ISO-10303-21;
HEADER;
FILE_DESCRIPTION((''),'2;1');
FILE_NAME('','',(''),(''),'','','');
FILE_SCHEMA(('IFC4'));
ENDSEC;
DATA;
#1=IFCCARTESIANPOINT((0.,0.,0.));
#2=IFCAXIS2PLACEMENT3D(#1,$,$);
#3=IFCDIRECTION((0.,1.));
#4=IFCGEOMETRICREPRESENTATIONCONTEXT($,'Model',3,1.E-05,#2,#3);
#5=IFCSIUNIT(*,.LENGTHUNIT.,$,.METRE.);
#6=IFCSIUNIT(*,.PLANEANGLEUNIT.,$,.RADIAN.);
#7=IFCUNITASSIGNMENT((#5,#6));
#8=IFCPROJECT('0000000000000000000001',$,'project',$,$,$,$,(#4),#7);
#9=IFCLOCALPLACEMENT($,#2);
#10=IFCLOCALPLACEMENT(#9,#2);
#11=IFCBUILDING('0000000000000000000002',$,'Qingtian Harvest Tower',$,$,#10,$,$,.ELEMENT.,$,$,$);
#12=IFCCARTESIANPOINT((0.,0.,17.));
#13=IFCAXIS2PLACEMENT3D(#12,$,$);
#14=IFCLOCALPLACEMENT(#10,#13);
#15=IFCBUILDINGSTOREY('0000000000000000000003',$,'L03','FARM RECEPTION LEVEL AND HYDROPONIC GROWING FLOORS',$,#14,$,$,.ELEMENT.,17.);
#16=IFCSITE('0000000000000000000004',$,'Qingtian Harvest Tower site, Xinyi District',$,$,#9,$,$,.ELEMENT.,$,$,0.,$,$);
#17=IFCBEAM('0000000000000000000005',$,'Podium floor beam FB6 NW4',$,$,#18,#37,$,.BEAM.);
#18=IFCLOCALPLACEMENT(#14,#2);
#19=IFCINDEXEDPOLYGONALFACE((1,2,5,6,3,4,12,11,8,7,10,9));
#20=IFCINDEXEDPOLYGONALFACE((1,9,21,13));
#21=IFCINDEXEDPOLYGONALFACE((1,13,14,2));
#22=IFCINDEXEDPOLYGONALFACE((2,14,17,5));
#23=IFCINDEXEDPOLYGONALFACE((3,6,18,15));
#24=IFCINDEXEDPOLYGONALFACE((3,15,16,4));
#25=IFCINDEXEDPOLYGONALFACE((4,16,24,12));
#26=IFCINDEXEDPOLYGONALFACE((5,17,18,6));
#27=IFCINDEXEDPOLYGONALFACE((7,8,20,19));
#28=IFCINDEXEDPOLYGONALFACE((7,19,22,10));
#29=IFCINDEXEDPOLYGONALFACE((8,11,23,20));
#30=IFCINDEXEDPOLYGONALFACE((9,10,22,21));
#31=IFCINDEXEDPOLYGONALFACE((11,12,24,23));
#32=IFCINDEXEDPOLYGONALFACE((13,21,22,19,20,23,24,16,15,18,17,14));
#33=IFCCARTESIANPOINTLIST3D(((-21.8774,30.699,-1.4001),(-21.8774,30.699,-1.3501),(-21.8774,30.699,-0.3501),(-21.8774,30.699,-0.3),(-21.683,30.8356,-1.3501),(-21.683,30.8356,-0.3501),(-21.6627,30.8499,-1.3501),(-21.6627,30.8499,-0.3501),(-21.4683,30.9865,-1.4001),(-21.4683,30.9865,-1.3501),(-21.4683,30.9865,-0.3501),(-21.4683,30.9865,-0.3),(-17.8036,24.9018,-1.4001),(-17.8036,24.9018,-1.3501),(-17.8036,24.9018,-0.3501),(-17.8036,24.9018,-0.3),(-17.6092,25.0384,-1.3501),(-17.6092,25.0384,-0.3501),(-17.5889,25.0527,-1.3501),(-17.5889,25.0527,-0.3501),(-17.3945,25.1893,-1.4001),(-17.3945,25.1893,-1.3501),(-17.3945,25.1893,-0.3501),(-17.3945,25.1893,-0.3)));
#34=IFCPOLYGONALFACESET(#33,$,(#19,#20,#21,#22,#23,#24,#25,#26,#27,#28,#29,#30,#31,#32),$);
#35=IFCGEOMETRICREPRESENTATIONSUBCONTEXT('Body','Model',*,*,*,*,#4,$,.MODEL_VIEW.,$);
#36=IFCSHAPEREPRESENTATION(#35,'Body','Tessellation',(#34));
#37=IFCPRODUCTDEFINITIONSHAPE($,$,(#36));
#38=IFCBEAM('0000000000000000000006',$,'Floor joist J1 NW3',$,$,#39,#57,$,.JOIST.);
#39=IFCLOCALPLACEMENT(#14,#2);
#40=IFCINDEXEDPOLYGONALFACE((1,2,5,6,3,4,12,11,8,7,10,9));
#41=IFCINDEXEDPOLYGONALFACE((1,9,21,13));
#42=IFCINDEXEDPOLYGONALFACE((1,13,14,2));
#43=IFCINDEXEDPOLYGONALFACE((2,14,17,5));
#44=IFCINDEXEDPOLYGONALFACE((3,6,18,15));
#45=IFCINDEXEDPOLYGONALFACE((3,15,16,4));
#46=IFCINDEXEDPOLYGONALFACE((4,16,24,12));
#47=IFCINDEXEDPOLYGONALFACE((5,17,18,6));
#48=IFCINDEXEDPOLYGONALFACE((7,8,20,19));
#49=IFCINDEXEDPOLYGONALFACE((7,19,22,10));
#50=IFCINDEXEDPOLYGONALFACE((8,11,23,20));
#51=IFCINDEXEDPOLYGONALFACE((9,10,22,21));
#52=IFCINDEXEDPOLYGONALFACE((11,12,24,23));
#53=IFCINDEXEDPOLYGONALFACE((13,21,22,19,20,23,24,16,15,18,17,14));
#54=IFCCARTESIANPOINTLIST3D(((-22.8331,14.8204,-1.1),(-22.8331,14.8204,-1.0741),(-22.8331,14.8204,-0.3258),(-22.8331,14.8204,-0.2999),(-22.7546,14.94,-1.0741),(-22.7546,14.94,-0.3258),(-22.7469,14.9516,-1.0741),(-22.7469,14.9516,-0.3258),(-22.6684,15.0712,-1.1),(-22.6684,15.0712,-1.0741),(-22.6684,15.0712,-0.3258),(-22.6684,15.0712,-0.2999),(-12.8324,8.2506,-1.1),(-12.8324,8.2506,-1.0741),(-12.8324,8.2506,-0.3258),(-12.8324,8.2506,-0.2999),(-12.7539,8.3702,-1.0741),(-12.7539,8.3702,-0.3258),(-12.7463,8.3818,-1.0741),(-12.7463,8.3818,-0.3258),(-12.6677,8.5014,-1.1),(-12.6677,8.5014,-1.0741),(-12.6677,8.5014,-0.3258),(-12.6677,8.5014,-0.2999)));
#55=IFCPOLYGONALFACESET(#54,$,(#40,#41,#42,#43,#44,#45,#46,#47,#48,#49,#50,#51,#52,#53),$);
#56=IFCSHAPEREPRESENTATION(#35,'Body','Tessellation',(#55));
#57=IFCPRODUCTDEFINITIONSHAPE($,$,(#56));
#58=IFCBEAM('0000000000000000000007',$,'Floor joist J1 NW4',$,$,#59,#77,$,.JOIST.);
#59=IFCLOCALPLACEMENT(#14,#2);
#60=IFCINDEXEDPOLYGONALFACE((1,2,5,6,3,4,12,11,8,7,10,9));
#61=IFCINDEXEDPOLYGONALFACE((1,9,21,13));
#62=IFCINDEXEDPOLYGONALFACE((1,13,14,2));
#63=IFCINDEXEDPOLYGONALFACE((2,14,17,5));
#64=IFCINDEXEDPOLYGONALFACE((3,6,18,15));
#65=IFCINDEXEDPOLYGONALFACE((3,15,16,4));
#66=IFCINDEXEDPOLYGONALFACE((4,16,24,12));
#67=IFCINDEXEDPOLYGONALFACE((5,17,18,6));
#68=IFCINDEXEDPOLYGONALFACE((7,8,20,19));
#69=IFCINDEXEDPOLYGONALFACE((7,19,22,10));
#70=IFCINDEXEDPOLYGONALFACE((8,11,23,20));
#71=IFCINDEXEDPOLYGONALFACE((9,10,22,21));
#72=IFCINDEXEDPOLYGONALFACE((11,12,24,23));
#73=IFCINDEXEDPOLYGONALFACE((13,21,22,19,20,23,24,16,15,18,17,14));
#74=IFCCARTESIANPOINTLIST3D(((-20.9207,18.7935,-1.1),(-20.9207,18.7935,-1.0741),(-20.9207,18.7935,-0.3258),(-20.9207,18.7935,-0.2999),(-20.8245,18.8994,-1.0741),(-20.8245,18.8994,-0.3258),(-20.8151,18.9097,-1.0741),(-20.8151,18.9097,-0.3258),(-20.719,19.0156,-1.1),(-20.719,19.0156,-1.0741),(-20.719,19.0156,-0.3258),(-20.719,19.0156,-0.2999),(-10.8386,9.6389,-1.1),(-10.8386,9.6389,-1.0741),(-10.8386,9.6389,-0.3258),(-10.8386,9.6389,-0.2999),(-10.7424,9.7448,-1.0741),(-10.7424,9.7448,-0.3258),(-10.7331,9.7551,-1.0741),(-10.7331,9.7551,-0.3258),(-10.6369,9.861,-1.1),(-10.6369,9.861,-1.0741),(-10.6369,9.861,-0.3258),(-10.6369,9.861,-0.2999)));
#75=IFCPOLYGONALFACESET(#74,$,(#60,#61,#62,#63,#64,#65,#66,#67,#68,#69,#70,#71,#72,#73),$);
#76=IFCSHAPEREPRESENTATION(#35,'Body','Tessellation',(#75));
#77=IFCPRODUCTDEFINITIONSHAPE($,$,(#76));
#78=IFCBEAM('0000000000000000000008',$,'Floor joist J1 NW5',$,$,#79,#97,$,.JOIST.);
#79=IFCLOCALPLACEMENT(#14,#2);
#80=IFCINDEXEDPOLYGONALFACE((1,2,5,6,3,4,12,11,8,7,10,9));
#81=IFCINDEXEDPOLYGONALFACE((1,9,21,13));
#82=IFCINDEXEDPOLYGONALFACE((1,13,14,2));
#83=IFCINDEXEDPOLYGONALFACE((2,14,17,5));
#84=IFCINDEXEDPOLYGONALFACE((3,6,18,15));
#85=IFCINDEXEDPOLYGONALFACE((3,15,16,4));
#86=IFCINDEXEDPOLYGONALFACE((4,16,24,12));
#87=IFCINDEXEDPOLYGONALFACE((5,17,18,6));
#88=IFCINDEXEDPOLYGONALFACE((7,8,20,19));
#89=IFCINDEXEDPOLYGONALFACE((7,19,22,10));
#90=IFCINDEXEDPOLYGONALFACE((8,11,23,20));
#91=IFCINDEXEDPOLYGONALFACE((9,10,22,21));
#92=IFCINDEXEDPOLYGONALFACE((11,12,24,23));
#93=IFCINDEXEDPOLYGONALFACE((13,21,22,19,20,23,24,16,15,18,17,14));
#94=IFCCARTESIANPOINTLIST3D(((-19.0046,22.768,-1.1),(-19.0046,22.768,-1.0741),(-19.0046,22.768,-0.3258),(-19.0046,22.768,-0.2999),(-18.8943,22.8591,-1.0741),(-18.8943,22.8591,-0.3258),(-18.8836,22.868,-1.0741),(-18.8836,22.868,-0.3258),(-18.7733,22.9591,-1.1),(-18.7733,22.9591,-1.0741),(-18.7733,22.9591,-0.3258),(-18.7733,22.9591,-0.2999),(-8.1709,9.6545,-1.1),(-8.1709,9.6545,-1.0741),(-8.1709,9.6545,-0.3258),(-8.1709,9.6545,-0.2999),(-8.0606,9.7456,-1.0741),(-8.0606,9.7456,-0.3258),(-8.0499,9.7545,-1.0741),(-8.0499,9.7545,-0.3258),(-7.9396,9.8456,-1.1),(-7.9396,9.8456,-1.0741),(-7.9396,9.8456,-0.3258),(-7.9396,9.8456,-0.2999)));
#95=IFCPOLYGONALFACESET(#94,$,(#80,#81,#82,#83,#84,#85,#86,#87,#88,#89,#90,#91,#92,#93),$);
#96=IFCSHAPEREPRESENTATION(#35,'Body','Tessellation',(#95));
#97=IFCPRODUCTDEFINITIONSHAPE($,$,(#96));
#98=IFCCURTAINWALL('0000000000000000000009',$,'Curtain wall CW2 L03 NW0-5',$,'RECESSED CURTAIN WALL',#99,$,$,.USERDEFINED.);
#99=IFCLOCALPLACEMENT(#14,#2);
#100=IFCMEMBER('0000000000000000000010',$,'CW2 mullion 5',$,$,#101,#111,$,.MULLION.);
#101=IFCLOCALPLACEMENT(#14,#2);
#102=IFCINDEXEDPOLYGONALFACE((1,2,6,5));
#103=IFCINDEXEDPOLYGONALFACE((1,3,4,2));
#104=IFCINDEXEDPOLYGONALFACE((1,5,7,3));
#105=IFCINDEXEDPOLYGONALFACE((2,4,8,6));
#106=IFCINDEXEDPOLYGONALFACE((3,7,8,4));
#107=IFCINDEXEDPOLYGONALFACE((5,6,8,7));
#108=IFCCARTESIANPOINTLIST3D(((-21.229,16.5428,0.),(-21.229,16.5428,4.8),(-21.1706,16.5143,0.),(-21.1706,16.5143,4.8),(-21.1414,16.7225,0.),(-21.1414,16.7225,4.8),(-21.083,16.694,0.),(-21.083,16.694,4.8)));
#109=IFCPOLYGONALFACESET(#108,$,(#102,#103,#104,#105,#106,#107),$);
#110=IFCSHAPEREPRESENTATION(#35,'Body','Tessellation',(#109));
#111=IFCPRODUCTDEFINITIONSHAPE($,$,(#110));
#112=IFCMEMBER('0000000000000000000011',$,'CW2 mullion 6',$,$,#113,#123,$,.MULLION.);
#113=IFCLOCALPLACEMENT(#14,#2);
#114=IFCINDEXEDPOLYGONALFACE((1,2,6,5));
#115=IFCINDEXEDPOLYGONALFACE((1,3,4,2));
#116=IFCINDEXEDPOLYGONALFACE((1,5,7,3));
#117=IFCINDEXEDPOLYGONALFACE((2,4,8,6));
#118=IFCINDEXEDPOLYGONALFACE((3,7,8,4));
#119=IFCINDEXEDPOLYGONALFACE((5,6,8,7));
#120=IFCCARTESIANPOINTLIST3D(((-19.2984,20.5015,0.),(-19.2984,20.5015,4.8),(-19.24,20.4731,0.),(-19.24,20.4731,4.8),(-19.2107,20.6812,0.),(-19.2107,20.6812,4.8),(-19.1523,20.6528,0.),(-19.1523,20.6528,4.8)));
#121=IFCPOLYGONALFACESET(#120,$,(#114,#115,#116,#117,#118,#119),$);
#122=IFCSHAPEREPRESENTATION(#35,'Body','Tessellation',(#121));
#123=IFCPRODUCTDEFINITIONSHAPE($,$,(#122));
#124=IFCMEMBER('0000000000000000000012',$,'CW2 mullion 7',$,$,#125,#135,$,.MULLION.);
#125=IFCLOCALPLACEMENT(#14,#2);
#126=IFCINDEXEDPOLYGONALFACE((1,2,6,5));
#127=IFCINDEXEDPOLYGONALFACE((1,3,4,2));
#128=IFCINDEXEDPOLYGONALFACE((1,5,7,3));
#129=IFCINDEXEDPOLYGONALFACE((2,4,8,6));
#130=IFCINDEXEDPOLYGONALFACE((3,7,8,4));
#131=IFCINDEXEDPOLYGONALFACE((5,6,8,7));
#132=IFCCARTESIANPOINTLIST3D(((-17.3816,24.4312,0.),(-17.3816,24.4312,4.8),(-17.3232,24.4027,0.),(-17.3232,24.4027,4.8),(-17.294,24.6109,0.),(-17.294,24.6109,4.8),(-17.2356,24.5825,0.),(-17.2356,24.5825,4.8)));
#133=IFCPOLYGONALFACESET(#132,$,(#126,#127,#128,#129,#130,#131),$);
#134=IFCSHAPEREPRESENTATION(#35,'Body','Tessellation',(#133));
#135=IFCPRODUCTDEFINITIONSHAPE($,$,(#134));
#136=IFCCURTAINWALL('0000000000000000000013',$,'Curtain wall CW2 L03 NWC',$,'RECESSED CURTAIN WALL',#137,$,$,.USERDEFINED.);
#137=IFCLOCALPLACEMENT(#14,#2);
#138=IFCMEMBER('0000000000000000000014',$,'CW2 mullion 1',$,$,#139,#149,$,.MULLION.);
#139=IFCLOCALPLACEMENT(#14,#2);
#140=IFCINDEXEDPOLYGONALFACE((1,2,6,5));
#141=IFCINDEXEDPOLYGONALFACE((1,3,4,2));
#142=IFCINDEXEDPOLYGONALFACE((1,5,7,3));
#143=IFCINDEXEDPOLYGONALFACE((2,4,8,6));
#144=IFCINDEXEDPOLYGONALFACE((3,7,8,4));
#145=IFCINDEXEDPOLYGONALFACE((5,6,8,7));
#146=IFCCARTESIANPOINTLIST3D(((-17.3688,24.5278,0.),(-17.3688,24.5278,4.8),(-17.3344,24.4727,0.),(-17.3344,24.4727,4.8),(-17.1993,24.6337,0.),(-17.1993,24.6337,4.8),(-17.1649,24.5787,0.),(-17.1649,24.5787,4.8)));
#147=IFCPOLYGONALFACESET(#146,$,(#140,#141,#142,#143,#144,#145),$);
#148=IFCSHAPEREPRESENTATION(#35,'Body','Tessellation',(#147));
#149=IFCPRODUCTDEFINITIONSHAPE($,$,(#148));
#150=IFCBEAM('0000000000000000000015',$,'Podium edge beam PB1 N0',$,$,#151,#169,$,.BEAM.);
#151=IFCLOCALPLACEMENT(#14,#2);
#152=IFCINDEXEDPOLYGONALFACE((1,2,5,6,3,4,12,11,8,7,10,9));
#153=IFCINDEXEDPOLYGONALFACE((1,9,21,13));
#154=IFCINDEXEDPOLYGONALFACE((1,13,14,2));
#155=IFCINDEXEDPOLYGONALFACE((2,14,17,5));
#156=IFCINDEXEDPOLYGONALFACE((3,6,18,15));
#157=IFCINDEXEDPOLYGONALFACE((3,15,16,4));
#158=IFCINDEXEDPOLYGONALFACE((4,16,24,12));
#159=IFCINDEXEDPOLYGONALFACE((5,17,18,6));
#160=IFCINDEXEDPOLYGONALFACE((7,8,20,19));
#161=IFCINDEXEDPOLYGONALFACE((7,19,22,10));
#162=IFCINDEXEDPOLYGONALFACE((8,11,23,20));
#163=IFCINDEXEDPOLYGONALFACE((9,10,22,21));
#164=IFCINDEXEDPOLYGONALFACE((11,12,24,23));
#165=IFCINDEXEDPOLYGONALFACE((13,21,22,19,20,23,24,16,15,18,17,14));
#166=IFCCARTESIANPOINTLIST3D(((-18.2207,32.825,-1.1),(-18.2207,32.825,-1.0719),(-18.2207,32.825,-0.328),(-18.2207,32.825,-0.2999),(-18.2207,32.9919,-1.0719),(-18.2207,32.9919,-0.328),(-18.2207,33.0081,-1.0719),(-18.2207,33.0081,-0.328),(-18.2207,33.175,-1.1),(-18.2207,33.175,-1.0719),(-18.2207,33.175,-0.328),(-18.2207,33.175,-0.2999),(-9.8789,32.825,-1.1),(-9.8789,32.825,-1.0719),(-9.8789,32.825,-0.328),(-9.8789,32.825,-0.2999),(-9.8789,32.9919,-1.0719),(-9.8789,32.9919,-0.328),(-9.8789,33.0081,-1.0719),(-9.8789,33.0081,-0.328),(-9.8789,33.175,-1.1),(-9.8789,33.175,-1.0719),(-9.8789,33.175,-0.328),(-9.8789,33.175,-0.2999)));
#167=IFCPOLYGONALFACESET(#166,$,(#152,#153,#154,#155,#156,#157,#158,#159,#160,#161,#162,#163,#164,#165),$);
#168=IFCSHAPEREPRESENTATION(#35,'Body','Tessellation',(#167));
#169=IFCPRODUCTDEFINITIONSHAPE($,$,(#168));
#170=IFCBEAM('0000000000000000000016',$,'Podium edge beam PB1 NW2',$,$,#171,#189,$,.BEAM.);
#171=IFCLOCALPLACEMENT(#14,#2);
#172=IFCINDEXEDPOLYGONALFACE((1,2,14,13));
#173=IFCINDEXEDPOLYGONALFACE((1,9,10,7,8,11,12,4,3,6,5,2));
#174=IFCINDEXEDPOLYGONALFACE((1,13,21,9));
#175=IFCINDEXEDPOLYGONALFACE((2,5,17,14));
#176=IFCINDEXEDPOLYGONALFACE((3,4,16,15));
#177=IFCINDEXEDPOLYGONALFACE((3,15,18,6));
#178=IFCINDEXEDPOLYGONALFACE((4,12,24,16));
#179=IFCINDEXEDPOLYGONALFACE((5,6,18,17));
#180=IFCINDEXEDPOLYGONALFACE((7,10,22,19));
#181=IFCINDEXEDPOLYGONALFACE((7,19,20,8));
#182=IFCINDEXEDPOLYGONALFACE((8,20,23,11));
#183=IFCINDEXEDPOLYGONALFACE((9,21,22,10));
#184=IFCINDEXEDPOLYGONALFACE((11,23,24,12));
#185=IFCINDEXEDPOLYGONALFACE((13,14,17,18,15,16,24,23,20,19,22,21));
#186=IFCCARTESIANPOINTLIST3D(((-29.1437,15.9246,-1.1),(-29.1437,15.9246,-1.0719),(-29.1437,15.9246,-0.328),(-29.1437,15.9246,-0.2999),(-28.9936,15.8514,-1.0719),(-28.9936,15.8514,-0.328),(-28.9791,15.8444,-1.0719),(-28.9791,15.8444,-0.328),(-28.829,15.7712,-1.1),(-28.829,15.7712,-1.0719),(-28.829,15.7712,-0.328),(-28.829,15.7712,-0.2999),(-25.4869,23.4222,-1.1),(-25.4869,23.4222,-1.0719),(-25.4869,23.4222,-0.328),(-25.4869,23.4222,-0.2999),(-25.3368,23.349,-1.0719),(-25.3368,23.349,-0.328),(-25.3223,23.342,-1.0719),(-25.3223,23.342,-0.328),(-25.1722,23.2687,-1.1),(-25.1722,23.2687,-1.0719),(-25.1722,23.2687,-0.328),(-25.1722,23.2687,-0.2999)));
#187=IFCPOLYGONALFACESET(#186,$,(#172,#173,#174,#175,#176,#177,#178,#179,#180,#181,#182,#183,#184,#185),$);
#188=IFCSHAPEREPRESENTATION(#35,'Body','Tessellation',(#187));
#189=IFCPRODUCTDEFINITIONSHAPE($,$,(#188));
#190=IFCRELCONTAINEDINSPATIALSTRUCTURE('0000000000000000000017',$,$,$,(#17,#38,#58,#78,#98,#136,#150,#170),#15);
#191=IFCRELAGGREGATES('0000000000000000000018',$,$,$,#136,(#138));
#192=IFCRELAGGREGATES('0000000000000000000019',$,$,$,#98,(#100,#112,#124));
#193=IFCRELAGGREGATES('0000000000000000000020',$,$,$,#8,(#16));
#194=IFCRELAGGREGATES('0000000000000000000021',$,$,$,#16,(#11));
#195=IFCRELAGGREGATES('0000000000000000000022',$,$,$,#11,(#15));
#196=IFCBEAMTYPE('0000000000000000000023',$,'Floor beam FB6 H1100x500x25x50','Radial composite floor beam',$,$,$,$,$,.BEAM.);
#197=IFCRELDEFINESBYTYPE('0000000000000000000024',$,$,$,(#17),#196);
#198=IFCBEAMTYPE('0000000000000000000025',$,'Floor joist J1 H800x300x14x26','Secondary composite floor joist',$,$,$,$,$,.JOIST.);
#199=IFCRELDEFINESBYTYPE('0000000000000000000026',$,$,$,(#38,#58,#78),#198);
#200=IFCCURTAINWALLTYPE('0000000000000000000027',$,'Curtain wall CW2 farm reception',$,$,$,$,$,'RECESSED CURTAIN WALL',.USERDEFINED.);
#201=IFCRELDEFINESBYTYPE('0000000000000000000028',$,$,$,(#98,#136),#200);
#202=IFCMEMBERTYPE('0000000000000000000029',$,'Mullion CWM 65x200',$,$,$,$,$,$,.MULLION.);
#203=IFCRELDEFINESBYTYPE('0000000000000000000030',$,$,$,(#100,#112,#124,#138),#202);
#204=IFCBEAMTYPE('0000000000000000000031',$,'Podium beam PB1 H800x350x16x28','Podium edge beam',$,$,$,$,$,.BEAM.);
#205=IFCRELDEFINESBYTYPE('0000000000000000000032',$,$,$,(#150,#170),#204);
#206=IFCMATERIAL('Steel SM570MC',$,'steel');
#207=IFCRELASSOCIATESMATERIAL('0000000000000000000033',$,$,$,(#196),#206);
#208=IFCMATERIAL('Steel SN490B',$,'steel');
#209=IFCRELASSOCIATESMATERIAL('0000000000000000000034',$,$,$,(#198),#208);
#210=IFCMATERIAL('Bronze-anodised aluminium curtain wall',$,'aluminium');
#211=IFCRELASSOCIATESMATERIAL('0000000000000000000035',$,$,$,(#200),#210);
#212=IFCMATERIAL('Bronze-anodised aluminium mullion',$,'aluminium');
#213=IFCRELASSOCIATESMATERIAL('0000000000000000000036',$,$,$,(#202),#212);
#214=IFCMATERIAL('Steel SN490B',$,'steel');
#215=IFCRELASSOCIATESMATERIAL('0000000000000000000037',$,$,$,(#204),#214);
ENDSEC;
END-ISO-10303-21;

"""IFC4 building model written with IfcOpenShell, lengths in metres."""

from ifc_helpers import new_model, si_unit, direction, frame, origin, origin_2d, place, context, subcontext, project, spatial, rectangle, i_section, extrude, material, material_profile, profile_set, type_object, element, aggregate, save


model = new_model("IFC4")

# Units and contexts
model_context = context("Model", 3, precision=1e-05, world=origin(), true_north=direction((0.0, 1.0)))
body_context = subcontext(model_context, "Body", "Model", "MODEL_VIEW")
ifc_project = project(units=[si_unit("LENGTHUNIT", "METRE"), si_unit("PLANEANGLEUNIT", "RADIAN")], contexts=[model_context])

# Site, building, storey
site_placement = place(None, origin())
site = spatial("IfcSite", under=ifc_project, at=site_placement, Name="Qingtian Harvest Tower site, Xinyi District", CompositionType="ELEMENT", RefElevation=0.0)
building_placement = place(site_placement, origin())
building = spatial("IfcBuilding", under=site, at=building_placement, Name="Qingtian Harvest Tower", CompositionType="ELEMENT")
storey_placement = place(building_placement, frame((0.0, 0.0, 17.0)))
storey = spatial("IfcBuildingStorey", under=building, at=storey_placement, Name="L03", Description="FARM RECEPTION LEVEL AND HYDROPONIC GROWING FLOORS", CompositionType="ELEMENT", Elevation=17.0)

# Beams
ifc_material_1 = material(Name="Steel SM570MC", Category="steel")
ifc_material_profile_1 = material_profile(ifc_material_1, i_section(OverallWidth=0.5, OverallDepth=1.1001, WebThickness=0.0249, FlangeThickness=0.05, at=origin_2d()), Name="H1100x500x25x50")
ifc_profile_set_1 = profile_set([ifc_material_profile_1], Name="Steel SM570MC")
beam_type_1 = type_object("IfcBeamType", Name="Floor beam FB6 H1100x500x25x50", Description="Radial composite floor beam", PredefinedType="BEAM", material=ifc_profile_set_1)
beam_1_placement = place(storey_placement, frame((-21.6729, 30.8428, -0.8501), z_axis=(0.574953, -0.818186, 0.0), x_axis=(0.818186, 0.574953, 0.0)))
element("IfcBeam", 1, at=beam_1_placement, inside=storey, type_object=beam_type_1, Name="Podium floor beam FB6 NW4", PredefinedType="BEAM", context=body_context, shape_type="SweptSolid", body=[
    extrude(i_section(OverallWidth=0.5, OverallDepth=1.1001, WebThickness=0.0249, FlangeThickness=0.05, at=origin_2d()), origin(), (0.0, 0.0, 1.0), 7.0854),
])
ifc_material_2 = material(Name="Steel SN490B", Category="steel")
ifc_material_profile_2 = material_profile(ifc_material_2, i_section(OverallWidth=0.3, OverallDepth=0.8, WebThickness=0.0139, FlangeThickness=0.0259, at=origin_2d()), Name="H800x300x14x26")
ifc_profile_set_2 = profile_set([ifc_material_profile_2], Name="Steel SN490B")
beam_type_2 = type_object("IfcBeamType", Name="Floor joist J1 H800x300x14x26", Description="Secondary composite floor joist", PredefinedType="JOIST", material=ifc_profile_set_2)
beam_2_placement = place(storey_placement, frame((-22.7507, 14.9458, -0.7), z_axis=(0.835785, -0.549056, 0.0), x_axis=(0.549056, 0.835785, 0.0)))
element("IfcBeam", 2, at=beam_2_placement, inside=storey, type_object=beam_type_2, Name="Floor joist J1 NW3", PredefinedType="JOIST", context=body_context, shape_type="SweptSolid", body=[
    extrude(i_section(OverallWidth=0.3, OverallDepth=0.8, WebThickness=0.0139, FlangeThickness=0.0259, at=origin_2d()), origin(), (0.0, 0.0, 1.0), 11.9656),
])
beam_3_placement = place(storey_placement, frame((-20.8198, 18.9045, -0.7), z_axis=(0.74034, -0.672233, 0.0), x_axis=(0.672233, 0.74034, 0.0)))
element("IfcBeam", 3, at=beam_3_placement, inside=storey, type_object=beam_type_2, Name="Floor joist J1 NW4", PredefinedType="JOIST", context=body_context, shape_type="SweptSolid", body=[
    extrude(i_section(OverallWidth=0.3, OverallDepth=0.8, WebThickness=0.0139, FlangeThickness=0.0259, at=origin_2d()), origin(), (0.0, 0.0, 1.0), 13.6182),
])
beam_4_placement = place(storey_placement, frame((-18.8889, 22.8635, -0.7), z_axis=(0.63691, -0.770938, 0.0), x_axis=(0.770938, 0.63691, 0.0)))
element("IfcBeam", 4, at=beam_4_placement, inside=storey, type_object=beam_type_2, Name="Floor joist J1 NW5", PredefinedType="JOIST", context=body_context, shape_type="SweptSolid", body=[
    extrude(i_section(OverallWidth=0.3, OverallDepth=0.8, WebThickness=0.0139, FlangeThickness=0.0259, at=origin_2d()), origin(), (0.0, 0.0, 1.0), 17.0098),
])

# Curtain wall, members
ifc_material_3 = material(Name="Bronze-anodised aluminium curtain wall", Category="aluminium")
curtain_wall_type = type_object("IfcCurtainWallType", Name="Curtain wall CW2 farm reception", ElementType="RECESSED CURTAIN WALL", PredefinedType="USERDEFINED", material=ifc_material_3)
curtain_wall_1_placement = place(storey_placement, origin())
curtain_wall_1 = element("IfcCurtainWall", 5, at=curtain_wall_1_placement, inside=storey, type_object=curtain_wall_type, Name="Curtain wall CW2 L03 NW0-5", ObjectType="RECESSED CURTAIN WALL", PredefinedType="USERDEFINED")
ifc_material_4 = material(Name="Bronze-anodised aluminium mullion", Category="aluminium")
ifc_material_profile_3 = material_profile(ifc_material_4, rectangle(XDim=0.0649, YDim=0.2, at=origin_2d()), Name="AL 65x200")
ifc_profile_set_3 = profile_set([ifc_material_profile_3], Name="Bronze-anodised aluminium mullion")
member_type_1 = type_object("IfcMemberType", Name="Mullion CWM 65x200", PredefinedType="MULLION", material=ifc_profile_set_3)
member_1_placement = place(storey_placement, frame((-21.156, 16.6184, 0.0), z_axis=(0.0, 0.0, 1.0), x_axis=(-0.898794, 0.438371, 0.0)))
member_1 = element("IfcMember", 6, at=member_1_placement, type_object=member_type_1, Name="CW2 mullion 5", PredefinedType="MULLION", context=body_context, shape_type="SweptSolid", body=[
    extrude(rectangle(XDim=0.0649, YDim=0.2, at=origin_2d()), origin(), (0.0, 0.0, 1.0), 4.8),
])
member_2_placement = place(storey_placement, frame((-19.2253, 20.5771, 0.0), z_axis=(0.0, 0.0, 1.0), x_axis=(-0.898794, 0.438371, 0.0)))
member_2 = element("IfcMember", 7, at=member_2_placement, type_object=member_type_1, Name="CW2 mullion 6", PredefinedType="MULLION", context=body_context, shape_type="SweptSolid", body=[
    extrude(rectangle(XDim=0.0649, YDim=0.2, at=origin_2d()), origin(), (0.0, 0.0, 1.0), 4.8),
])
member_3_placement = place(storey_placement, frame((-17.3086, 24.5068, 0.0), z_axis=(0.0, 0.0, 1.0), x_axis=(-0.898794, 0.438371, 0.0)))
member_3 = element("IfcMember", 8, at=member_3_placement, type_object=member_type_1, Name="CW2 mullion 7", PredefinedType="MULLION", context=body_context, shape_type="SweptSolid", body=[
    extrude(rectangle(XDim=0.0649, YDim=0.2, at=origin_2d()), origin(), (0.0, 0.0, 1.0), 4.8),
])

# Curtain wall, member
curtain_wall_2_placement = place(storey_placement, origin())
curtain_wall_2 = element("IfcCurtainWall", 9, at=curtain_wall_2_placement, inside=storey, type_object=curtain_wall_type, Name="Curtain wall CW2 L03 NWC", ObjectType="RECESSED CURTAIN WALL", PredefinedType="USERDEFINED")
member_4_placement = place(storey_placement, frame((-17.2668, 24.5532, 0.0), z_axis=(0.0, 0.0, 1.0), x_axis=(-0.529919, 0.848048, 0.0)))
member_4 = element("IfcMember", 10, at=member_4_placement, type_object=member_type_1, Name="CW2 mullion 1", PredefinedType="MULLION", context=body_context, shape_type="SweptSolid", body=[
    extrude(rectangle(XDim=0.0649, YDim=0.2, at=origin_2d()), origin(), (0.0, 0.0, 1.0), 4.8),
])

# Beams
ifc_material_5 = material(Name="Steel SN490B", Category="steel")
ifc_material_profile_4 = material_profile(ifc_material_5, i_section(OverallWidth=0.3501, OverallDepth=0.8, WebThickness=0.0161, FlangeThickness=0.0281, at=origin_2d()), Name="H800x350x16x28")
ifc_profile_set_4 = profile_set([ifc_material_profile_4], Name="Steel SN490B")
beam_type_3 = type_object("IfcBeamType", Name="Podium beam PB1 H800x350x16x28", Description="Podium edge beam", PredefinedType="BEAM", material=ifc_profile_set_4)
for number, where, z_axis, x_axis, name in (
    (11, (-18.2207, 33.0, -0.7), (1.0, 0.0, 0.0), (0.0, 1.0, 0.0), "Podium edge beam PB1 N0"),
    (12, (-28.9863, 15.8479, -0.7), (0.438365, 0.898797, 0.0), (-0.898797, 0.438365, 0.0), "Podium edge beam PB1 NW2"),
):
    element("IfcBeam", number, at=place(storey_placement, frame(where, z_axis=z_axis, x_axis=x_axis)), inside=storey, type_object=beam_type_3, Name=name, PredefinedType="BEAM", context=body_context, shape_type="SweptSolid", body=[
        extrude(i_section(OverallWidth=0.3501, OverallDepth=0.8, WebThickness=0.0161, FlangeThickness=0.0281, at=origin_2d()), origin(), (0.0, 0.0, 1.0), 8.3418),
    ])

aggregate(curtain_wall_2, [member_4])

aggregate(curtain_wall_1, [member_1, member_2, member_3])

save(model, "model.ifc")
